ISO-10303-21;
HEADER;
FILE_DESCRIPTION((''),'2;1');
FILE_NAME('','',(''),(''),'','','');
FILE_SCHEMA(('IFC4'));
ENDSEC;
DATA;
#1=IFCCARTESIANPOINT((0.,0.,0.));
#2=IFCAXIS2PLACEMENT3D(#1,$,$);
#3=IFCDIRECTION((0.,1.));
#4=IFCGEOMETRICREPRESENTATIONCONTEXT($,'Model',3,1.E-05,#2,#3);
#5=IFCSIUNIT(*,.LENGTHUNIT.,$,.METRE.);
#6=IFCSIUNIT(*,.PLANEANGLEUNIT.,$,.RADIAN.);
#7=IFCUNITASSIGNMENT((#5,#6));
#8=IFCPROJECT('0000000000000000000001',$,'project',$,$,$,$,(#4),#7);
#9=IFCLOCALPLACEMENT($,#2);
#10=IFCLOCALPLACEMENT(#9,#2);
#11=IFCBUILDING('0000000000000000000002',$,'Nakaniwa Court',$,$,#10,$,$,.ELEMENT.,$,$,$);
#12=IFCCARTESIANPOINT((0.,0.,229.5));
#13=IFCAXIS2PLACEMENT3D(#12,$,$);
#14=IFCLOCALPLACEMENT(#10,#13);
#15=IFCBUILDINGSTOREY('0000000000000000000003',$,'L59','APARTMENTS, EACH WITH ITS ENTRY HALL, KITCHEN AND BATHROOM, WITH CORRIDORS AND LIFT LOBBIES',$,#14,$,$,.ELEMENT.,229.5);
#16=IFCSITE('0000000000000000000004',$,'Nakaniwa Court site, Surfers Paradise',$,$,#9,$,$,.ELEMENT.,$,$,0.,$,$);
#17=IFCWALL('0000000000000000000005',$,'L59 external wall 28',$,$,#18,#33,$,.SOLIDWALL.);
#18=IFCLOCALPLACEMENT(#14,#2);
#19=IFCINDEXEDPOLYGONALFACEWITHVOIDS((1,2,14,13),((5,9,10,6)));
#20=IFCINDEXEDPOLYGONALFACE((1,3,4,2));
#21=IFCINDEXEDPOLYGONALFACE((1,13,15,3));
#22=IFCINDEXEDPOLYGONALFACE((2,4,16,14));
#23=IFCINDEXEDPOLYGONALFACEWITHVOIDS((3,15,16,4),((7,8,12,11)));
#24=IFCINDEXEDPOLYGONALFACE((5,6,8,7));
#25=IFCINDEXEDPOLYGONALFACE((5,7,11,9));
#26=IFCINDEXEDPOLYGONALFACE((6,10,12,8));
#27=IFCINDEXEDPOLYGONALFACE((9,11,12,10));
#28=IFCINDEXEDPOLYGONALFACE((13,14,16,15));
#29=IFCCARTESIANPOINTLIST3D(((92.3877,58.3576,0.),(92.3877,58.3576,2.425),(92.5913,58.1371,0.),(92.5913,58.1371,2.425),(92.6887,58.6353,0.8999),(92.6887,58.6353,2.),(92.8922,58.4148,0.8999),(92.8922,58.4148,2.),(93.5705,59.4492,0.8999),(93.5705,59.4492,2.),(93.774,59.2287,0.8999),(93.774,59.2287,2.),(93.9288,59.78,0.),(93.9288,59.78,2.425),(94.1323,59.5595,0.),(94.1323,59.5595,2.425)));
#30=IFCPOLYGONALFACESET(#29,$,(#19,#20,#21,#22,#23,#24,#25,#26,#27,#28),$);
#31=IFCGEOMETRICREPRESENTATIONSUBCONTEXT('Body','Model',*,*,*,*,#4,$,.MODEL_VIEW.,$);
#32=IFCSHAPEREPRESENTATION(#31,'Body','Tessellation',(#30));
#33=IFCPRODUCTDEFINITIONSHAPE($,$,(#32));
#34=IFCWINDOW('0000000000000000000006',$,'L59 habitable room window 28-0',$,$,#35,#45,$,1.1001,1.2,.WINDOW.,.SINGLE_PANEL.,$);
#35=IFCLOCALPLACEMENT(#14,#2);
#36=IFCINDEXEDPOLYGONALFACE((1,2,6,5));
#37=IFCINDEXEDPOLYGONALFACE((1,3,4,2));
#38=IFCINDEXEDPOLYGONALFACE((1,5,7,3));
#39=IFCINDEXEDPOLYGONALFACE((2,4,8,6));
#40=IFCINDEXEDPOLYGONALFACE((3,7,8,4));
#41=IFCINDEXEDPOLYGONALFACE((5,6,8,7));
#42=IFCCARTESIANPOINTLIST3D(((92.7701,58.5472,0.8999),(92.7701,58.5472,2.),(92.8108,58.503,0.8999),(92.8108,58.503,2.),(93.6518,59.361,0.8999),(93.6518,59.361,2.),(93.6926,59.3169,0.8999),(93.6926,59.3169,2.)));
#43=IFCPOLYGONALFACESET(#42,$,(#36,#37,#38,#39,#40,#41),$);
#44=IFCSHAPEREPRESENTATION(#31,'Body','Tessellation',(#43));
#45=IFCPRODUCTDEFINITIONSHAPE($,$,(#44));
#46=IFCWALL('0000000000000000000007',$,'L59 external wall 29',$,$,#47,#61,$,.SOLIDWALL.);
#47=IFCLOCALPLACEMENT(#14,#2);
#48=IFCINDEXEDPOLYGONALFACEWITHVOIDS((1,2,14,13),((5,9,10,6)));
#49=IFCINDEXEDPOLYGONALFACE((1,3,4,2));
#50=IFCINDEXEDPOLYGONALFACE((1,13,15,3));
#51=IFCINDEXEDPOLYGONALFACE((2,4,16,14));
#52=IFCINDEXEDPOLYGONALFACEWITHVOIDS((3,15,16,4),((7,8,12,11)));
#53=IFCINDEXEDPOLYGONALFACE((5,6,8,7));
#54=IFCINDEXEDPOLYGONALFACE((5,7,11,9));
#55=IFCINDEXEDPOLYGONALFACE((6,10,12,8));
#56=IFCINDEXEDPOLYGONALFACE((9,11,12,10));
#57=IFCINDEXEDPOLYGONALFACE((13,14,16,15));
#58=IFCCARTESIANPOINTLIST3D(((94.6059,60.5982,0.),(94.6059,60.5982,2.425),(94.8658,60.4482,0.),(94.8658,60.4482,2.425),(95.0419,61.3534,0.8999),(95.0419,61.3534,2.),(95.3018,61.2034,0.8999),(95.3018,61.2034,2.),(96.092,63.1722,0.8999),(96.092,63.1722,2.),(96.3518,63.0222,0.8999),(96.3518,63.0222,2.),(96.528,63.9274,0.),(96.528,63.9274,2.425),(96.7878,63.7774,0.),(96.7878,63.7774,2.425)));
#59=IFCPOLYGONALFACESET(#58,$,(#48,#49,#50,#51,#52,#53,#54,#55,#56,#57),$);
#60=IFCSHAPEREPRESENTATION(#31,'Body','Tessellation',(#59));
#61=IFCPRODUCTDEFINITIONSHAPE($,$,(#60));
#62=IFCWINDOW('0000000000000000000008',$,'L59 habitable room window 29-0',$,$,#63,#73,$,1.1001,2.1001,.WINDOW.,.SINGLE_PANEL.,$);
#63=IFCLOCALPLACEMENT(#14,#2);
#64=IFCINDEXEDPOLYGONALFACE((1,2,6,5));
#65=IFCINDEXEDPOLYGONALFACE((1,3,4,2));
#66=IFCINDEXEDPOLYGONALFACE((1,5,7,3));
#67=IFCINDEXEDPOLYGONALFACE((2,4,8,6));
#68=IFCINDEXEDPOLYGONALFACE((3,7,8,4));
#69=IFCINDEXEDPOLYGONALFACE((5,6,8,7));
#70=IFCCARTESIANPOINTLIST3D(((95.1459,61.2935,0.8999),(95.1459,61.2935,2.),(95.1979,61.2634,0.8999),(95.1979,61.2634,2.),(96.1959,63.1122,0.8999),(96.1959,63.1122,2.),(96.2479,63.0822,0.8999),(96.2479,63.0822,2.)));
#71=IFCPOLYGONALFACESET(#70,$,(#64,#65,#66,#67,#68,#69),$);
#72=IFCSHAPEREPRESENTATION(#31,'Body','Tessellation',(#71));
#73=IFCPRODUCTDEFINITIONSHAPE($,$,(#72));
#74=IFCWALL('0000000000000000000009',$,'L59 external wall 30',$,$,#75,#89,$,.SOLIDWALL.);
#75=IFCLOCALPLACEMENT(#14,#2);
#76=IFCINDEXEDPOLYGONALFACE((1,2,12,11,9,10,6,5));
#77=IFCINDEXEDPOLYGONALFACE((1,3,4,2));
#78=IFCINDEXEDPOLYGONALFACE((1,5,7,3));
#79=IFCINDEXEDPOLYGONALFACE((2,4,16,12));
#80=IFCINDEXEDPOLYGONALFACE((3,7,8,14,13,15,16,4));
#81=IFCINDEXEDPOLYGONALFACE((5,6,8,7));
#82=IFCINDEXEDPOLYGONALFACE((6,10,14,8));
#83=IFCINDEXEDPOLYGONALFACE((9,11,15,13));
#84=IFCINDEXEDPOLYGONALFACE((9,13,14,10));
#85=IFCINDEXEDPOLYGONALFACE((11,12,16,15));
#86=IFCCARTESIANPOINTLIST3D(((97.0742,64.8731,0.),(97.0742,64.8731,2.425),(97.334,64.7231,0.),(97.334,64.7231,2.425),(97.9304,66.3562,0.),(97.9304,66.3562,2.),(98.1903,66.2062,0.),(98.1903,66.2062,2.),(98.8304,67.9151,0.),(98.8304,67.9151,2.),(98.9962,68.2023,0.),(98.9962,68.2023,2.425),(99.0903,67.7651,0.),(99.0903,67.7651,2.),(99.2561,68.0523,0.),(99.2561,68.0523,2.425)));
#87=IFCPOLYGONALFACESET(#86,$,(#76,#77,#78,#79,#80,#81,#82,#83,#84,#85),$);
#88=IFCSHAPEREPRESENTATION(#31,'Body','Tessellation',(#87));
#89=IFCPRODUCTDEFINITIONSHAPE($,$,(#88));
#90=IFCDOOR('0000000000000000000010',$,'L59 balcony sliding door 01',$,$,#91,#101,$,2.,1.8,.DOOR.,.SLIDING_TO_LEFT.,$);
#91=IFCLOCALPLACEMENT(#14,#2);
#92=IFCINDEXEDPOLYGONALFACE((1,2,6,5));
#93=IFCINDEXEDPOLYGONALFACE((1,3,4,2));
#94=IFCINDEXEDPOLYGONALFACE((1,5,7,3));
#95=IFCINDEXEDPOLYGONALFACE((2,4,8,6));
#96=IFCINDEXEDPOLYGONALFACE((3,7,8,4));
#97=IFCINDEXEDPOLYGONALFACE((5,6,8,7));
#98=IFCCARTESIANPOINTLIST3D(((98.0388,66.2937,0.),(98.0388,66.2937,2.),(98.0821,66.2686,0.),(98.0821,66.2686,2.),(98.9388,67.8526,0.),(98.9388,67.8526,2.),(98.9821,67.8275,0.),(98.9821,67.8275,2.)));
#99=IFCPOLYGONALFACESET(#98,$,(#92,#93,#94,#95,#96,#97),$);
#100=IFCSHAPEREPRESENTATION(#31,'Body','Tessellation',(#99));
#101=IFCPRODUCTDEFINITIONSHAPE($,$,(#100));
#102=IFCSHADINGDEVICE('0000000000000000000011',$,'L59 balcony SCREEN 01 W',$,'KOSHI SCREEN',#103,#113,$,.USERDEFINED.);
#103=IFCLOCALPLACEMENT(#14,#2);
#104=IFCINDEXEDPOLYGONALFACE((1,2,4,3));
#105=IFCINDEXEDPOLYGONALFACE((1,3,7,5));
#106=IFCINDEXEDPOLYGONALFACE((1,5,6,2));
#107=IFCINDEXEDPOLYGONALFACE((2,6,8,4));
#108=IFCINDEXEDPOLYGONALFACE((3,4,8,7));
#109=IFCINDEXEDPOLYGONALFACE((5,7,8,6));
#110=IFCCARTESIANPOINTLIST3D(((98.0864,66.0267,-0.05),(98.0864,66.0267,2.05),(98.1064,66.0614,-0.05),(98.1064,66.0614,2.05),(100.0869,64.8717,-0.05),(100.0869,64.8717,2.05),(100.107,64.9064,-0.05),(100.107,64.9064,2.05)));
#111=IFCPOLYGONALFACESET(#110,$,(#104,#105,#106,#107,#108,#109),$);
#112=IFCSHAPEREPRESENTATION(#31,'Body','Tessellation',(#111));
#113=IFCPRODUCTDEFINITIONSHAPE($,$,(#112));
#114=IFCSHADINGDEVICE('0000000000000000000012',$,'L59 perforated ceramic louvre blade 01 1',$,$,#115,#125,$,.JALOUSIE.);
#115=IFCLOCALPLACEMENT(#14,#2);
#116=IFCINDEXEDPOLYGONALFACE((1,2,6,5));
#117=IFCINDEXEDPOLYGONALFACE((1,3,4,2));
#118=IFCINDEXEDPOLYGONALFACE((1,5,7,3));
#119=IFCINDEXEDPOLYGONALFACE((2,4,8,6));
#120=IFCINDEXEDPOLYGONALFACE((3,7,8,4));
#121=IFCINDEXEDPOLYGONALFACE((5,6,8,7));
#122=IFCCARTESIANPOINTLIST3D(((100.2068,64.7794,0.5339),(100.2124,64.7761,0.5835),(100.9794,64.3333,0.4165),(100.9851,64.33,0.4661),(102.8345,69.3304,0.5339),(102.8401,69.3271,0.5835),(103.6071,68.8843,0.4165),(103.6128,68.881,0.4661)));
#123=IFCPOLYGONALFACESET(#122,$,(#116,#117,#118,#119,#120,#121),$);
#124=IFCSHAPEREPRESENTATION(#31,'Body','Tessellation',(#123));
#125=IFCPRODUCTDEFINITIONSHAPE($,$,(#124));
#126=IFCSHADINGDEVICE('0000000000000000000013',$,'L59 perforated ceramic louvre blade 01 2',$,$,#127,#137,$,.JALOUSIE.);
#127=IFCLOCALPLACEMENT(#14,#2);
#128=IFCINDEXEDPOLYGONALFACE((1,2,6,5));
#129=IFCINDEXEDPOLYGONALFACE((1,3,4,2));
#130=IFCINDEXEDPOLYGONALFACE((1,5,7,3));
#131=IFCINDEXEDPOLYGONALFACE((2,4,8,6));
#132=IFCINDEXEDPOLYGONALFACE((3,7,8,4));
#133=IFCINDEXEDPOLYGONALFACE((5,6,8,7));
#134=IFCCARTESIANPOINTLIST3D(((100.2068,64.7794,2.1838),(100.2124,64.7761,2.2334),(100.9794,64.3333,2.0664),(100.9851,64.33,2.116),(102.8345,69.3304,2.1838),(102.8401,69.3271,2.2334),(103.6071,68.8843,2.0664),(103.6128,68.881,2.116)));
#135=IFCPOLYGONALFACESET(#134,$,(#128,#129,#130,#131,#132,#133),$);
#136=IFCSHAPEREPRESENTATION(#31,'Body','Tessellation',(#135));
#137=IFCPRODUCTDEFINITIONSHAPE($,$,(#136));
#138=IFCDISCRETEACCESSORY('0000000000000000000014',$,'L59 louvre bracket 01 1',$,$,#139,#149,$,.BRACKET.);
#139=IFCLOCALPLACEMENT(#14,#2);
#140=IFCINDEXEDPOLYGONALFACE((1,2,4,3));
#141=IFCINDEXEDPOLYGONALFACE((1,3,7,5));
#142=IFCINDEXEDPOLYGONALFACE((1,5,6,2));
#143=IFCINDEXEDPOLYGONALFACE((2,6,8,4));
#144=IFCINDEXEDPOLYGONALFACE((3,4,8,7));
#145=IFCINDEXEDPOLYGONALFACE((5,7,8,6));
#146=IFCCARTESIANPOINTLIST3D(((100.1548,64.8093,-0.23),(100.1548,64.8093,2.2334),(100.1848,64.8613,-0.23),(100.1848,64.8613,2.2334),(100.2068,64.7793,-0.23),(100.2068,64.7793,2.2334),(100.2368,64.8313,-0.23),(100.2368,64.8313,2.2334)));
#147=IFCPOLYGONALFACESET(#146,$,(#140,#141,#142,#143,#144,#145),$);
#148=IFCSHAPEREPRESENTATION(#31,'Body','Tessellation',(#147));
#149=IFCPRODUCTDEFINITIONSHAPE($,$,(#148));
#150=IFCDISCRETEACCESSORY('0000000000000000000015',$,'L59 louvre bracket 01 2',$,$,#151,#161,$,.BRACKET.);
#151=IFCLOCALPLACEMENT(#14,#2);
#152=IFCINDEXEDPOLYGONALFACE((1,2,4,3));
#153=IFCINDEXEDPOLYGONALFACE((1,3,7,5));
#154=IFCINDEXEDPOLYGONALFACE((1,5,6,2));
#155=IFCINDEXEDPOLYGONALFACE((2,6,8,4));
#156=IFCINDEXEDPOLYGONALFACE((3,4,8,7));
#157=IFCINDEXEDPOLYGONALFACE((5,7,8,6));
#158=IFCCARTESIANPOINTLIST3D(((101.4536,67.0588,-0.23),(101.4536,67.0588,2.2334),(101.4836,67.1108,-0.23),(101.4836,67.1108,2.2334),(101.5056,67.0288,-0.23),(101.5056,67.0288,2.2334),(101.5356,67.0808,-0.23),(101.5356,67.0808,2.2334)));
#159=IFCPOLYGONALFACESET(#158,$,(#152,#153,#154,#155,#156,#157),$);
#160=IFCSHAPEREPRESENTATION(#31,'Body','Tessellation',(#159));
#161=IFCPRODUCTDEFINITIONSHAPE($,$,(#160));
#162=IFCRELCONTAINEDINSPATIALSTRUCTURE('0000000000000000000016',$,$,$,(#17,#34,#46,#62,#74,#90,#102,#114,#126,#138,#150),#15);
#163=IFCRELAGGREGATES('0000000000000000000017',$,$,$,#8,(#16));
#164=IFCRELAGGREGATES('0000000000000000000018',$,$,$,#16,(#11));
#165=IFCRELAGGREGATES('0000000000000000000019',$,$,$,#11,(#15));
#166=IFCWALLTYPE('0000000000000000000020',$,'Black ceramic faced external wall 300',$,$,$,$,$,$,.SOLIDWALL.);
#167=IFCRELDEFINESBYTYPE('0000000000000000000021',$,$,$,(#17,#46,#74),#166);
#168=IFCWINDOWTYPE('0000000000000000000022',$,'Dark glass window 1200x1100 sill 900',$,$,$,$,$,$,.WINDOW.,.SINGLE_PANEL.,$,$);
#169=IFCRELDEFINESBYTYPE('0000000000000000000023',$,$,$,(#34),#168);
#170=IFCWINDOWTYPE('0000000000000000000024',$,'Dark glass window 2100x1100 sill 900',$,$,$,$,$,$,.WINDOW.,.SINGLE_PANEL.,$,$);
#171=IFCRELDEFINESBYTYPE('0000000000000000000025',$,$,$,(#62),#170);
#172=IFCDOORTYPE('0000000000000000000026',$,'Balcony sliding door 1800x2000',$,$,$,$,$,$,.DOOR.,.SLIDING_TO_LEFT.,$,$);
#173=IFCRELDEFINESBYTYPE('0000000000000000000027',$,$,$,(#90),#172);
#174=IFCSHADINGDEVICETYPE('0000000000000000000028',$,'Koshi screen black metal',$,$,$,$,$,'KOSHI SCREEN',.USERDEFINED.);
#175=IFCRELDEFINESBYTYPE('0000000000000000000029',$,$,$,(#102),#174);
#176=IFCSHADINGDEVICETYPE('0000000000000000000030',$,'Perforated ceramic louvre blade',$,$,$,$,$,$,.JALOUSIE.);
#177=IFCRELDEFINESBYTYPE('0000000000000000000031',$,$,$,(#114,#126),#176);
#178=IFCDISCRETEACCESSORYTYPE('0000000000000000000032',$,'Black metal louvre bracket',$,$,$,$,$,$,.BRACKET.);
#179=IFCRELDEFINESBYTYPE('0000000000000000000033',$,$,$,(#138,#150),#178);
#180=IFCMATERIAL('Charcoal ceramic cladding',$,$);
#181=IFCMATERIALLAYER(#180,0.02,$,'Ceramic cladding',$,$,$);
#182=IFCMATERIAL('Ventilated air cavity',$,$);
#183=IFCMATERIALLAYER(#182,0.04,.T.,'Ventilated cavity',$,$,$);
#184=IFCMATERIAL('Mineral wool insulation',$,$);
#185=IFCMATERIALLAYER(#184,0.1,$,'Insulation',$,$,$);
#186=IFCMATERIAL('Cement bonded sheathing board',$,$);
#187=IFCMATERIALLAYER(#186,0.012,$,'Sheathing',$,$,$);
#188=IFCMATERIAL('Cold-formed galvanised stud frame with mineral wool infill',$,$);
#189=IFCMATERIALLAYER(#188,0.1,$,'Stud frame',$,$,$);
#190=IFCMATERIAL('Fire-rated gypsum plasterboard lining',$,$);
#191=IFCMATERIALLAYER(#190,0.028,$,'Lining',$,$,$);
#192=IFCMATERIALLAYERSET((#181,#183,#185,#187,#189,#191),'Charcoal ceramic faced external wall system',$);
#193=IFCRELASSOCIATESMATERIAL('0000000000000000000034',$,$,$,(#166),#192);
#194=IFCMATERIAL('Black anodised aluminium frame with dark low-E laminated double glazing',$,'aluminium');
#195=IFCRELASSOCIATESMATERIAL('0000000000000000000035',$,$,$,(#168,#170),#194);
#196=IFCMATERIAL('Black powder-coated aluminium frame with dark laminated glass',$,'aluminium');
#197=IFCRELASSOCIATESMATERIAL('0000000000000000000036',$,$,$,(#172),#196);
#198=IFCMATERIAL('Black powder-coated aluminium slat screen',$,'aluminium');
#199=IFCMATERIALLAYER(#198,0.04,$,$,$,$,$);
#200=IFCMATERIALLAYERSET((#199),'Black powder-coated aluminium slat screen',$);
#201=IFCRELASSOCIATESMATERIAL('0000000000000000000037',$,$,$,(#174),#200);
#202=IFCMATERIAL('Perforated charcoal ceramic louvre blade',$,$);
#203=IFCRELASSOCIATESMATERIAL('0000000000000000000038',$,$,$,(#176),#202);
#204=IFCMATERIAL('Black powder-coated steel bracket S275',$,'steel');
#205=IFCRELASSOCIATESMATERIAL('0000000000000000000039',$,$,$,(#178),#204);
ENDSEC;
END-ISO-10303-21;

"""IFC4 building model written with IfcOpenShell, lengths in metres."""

from ifc_helpers import new_model, si_unit, direction, frame, frame_2d, origin, origin_2d, place, context, subcontext, project, spatial, rectangle, extrude, material, layer, layer_set, material_profile, profile_set, type_object, element, fill, save


model = new_model("IFC4")

# Units and contexts
model_context = context("Model", 3, precision=1e-05, world=origin(), true_north=direction((0.0, 1.0)))
body_context = subcontext(model_context, "Body", "Model", "MODEL_VIEW")
ifc_project = project(units=[si_unit("LENGTHUNIT", "METRE"), si_unit("PLANEANGLEUNIT", "RADIAN")], contexts=[model_context])

# Site, building, storey
site_placement = place(None, origin())
site = spatial("IfcSite", under=ifc_project, at=site_placement, Name="Nakaniwa Court site, Surfers Paradise", CompositionType="ELEMENT", RefElevation=0.0)
building_placement = place(site_placement, origin())
building = spatial("IfcBuilding", under=site, at=building_placement, Name="Nakaniwa Court", CompositionType="ELEMENT")
storey_placement = place(building_placement, frame((0.0, 0.0, 229.5)))
storey = spatial("IfcBuildingStorey", under=building, at=storey_placement, Name="L59", Description="APARTMENTS, EACH WITH ITS ENTRY HALL, KITCHEN AND BATHROOM, WITH CORRIDORS AND LIFT LOBBIES", CompositionType="ELEMENT", Elevation=229.5)

# Walls, openings, windows
ifc_material_1 = material(Name="Charcoal ceramic cladding")
ifc_layer_1 = layer(ifc_material_1, 0.02, Name="Ceramic cladding")
ifc_material_2 = material(Name="Ventilated air cavity")
ifc_layer_2 = layer(ifc_material_2, 0.04, ventilated=True, Name="Ventilated cavity")
ifc_material_3 = material(Name="Mineral wool insulation")
ifc_layer_3 = layer(ifc_material_3, 0.1, Name="Insulation")
ifc_material_4 = material(Name="Cement bonded sheathing board")
ifc_layer_4 = layer(ifc_material_4, 0.012, Name="Sheathing")
ifc_material_5 = material(Name="Cold-formed galvanised stud frame with mineral wool infill")
ifc_layer_5 = layer(ifc_material_5, 0.1, Name="Stud frame")
ifc_material_6 = material(Name="Fire-rated gypsum plasterboard lining")
ifc_layer_6 = layer(ifc_material_6, 0.028, Name="Lining")
ifc_layer_set_1 = layer_set([ifc_layer_1, ifc_layer_2, ifc_layer_3, ifc_layer_4, ifc_layer_5, ifc_layer_6], Name="Charcoal ceramic faced external wall system")
wall_type_1 = type_object("IfcWallType", Name="Black ceramic faced external wall 300", PredefinedType="SOLIDWALL", material=ifc_layer_set_1)
ifc_material_7 = material(Name="Black anodised aluminium frame with dark low-E laminated double glazing", Category="aluminium")
window_type_1 = type_object("IfcWindowType", Name="Dark glass window 1200x1100 sill 900", PartitioningType="SINGLE_PANEL", PredefinedType="WINDOW", material=ifc_material_7)
wall_1_placement = place(storey_placement, frame((92.4895, 58.2473, 0.0), z_axis=(0.0, 0.0, 1.0), x_axis=(0.73483, 0.678251, 0.0)))
wall_1 = element("IfcWall", 1, at=wall_1_placement, inside=storey, type_object=wall_type_1, Name="L59 external wall 28", PredefinedType="SOLIDWALL", context=body_context, shape_type="SweptSolid", body=[
    extrude(rectangle(XDim=2.0972, YDim=0.3, at=frame_2d((1.0486, 0.0))), origin(), (0.0, 0.0, 1.0), 2.425),
])
opening_1_placement = place(wall_1_placement, frame((0.4094, 0.0, 0.8999)))
opening_1 = element("IfcOpeningElement", 2, at=opening_1_placement, cuts=wall_1, PredefinedType="OPENING", context=body_context, shape_type="SweptSolid", body=[
    extrude(rectangle(XDim=1.2, YDim=1.1001, at=frame_2d((0.6001, 0.55))), frame((0.0, 0.1599, 0.0), z_axis=(0.0, -1.0, 0.0), x_axis=(1.0, 0.0, 0.0)), (0.0, 0.0, 1.0), 0.3201),
])
window_1_placement = place(opening_1_placement, origin())
window_1 = element("IfcWindow", 3, at=window_1_placement, inside=storey, type_object=window_type_1, Name="L59 habitable room window 28-0", OverallHeight=1.1001, OverallWidth=1.2, PartitioningType="SINGLE_PANEL", PredefinedType="WINDOW", context=body_context, shape_type="SweptSolid", body=[
    extrude(rectangle(XDim=1.2, YDim=1.1001, at=frame_2d((0.6001, 0.55))), frame((0.0, 0.03, 0.0), z_axis=(0.0, -1.0, 0.0), x_axis=(1.0, 0.0, 0.0)), (0.0, 0.0, 1.0), 0.0601),
])
fill(opening_1, window_1)
wall_2_placement = place(storey_placement, frame((94.7358, 60.5232, 0.0), z_axis=(0.0, 0.0, 1.0), x_axis=(0.499984, 0.866034, 0.0)))
wall_2 = element("IfcWall", 4, at=wall_2_placement, inside=storey, type_object=wall_type_1, Name="L59 external wall 29", PredefinedType="SOLIDWALL", context=body_context, shape_type="SweptSolid", body=[
    extrude(rectangle(XDim=3.8442, YDim=0.3, at=frame_2d((1.9221, 0.0))), origin(), (0.0, 0.0, 1.0), 2.425),
])
opening_2_placement = place(wall_2_placement, frame((0.8721, 0.0, 0.8999)))
opening_2 = element("IfcOpeningElement", 5, at=opening_2_placement, cuts=wall_2, PredefinedType="OPENING", context=body_context, shape_type="SweptSolid", body=[
    extrude(rectangle(XDim=2.1001, YDim=1.1001, at=frame_2d((1.05, 0.55))), frame((0.0, 0.1599, 0.0), z_axis=(0.0, -1.0, 0.0), x_axis=(1.0, 0.0, 0.0)), (0.0, 0.0, 1.0), 0.3201),
])
window_type_2 = type_object("IfcWindowType", Name="Dark glass window 2100x1100 sill 900", PartitioningType="SINGLE_PANEL", PredefinedType="WINDOW", material=ifc_material_7)
window_2_placement = place(opening_2_placement, origin())
window_2 = element("IfcWindow", 6, at=window_2_placement, inside=storey, type_object=window_type_2, Name="L59 habitable room window 29-0", OverallHeight=1.1001, OverallWidth=2.1001, PartitioningType="SINGLE_PANEL", PredefinedType="WINDOW", context=body_context, shape_type="SweptSolid", body=[
    extrude(rectangle(XDim=2.1001, YDim=1.1001, at=frame_2d((1.05, 0.55))), frame((0.0, 0.03, 0.0), z_axis=(0.0, -1.0, 0.0), x_axis=(1.0, 0.0, 0.0)), (0.0, 0.0, 1.0), 0.0601),
])
fill(opening_2, window_2)

# Wall, opening, door
wall_3_placement = place(storey_placement, frame((97.2041, 64.7981, 0.0), z_axis=(0.0, 0.0, 1.0), x_axis=(0.499984, 0.866034, 0.0)))
wall_3 = element("IfcWall", 7, at=wall_3_placement, inside=storey, type_object=wall_type_1, Name="L59 external wall 30", PredefinedType="SOLIDWALL", context=body_context, shape_type="SweptSolid", body=[
    extrude(rectangle(XDim=3.8442, YDim=0.3, at=frame_2d((1.9221, 0.0))), origin(), (0.0, 0.0, 1.0), 2.425),
])
opening_3_placement = place(wall_3_placement, frame((1.7126, 0.0, 0.0)))
opening_3 = element("IfcOpeningElement", 8, at=opening_3_placement, cuts=wall_3, PredefinedType="OPENING", context=body_context, shape_type="SweptSolid", body=[
    extrude(rectangle(XDim=1.8, YDim=2.0, at=frame_2d((0.8999, 1.0))), frame((0.0, 0.1599, 0.0), z_axis=(0.0, -1.0, 0.0), x_axis=(1.0, 0.0, 0.0)), (0.0, 0.0, 1.0), 0.3201),
])
ifc_material_8 = material(Name="Black powder-coated aluminium frame with dark laminated glass", Category="aluminium")
door_type = type_object("IfcDoorType", Name="Balcony sliding door 1800x2000", OperationType="SLIDING_TO_LEFT", PredefinedType="DOOR", material=ifc_material_8)
door_placement = place(opening_3_placement, origin())
door = element("IfcDoor", 9, at=door_placement, inside=storey, type_object=door_type, Name="L59 balcony sliding door 01", OperationType="SLIDING_TO_LEFT", OverallHeight=2.0, OverallWidth=1.8, PredefinedType="DOOR", context=body_context, shape_type="SweptSolid", body=[
    extrude(rectangle(XDim=1.8, YDim=2.0, at=frame_2d((0.8999, 1.0))), frame((0.0, 0.0249, 0.0), z_axis=(0.0, -1.0, 0.0), x_axis=(1.0, 0.0, 0.0)), (0.0, 0.0, 1.0), 0.05),
])
fill(opening_3, door)

# Shading devices
ifc_material_9 = material(Name="Black powder-coated aluminium slat screen", Category="aluminium")
ifc_layer_7 = layer(ifc_material_9, 0.04)
ifc_layer_set_2 = layer_set([ifc_layer_7], Name="Black powder-coated aluminium slat screen")
shading_device_type_1 = type_object("IfcShadingDeviceType", Name="Koshi screen black metal", ElementType="KOSHI SCREEN", PredefinedType="USERDEFINED", material=ifc_layer_set_2)
shading_device_placement = place(storey_placement, frame((99.0967, 65.4666, -0.05), z_axis=(0.0, 0.0, 1.0), x_axis=(0.500017, 0.866016, 0.0)))
element("IfcShadingDevice", 10, at=shading_device_placement, inside=storey, type_object=shading_device_type_1, Name="L59 balcony SCREEN 01 W", ObjectType="KOSHI SCREEN", PredefinedType="USERDEFINED", context=body_context, shape_type="SweptSolid", body=[
    extrude(rectangle(XDim=0.04, YDim=2.3101, at=origin_2d()), origin(), (0.0, 0.0, 1.0), 2.1001),
])
ifc_material_10 = material(Name="Perforated charcoal ceramic louvre blade")
ifc_material_profile_1 = material_profile(ifc_material_10, rectangle(XDim=0.8999, YDim=0.05, at=origin_2d()), Name="Perforated ceramic louvre blade")
ifc_profile_set_1 = profile_set([ifc_material_profile_1], Name="Perforated charcoal ceramic louvre blade")
shading_device_type_2 = type_object("IfcShadingDeviceType", Name="Perforated ceramic louvre blade", PredefinedType="JALOUSIE", material=ifc_profile_set_1)
for number, where, z_axis, x_axis, name in (
    (11, (100.5959, 64.5547, 0.5), (0.500021, 0.866013, 0.0), (-0.858604, 0.495744, 0.130526), "L59 perforated ceramic louvre blade 01 1"),
    (12, (100.5959, 64.5547, 2.1499), (0.500021, 0.866013, 0.0), (-0.858604, 0.495744, 0.130526), "L59 perforated ceramic louvre blade 01 2"),
):
    element("IfcShadingDevice", number, at=place(storey_placement, frame(where, z_axis=z_axis, x_axis=x_axis)), inside=storey, type_object=shading_device_type_2, Name=name, PredefinedType="JALOUSIE", context=body_context, shape_type="SweptSolid", body=[
        extrude(rectangle(XDim=0.8999, YDim=0.05, at=origin_2d()), origin(), (0.0, 0.0, 1.0), 5.2551),
    ])

# Discrete accessories
ifc_material_11 = material(Name="Black powder-coated steel bracket S275", Category="steel")
discrete_accessory_type_1 = type_object("IfcDiscreteAccessoryType", Name="Black metal louvre bracket", PredefinedType="BRACKET", material=ifc_material_11)
for number, where, z_axis, x_axis, name in (
    (13, (100.1958, 64.8203, -0.23), (0.0, 0.0, 1.0), (0.500017, 0.866016, 0.0), "L59 louvre bracket 01 1"),
    (14, (101.4946, 67.0698, -0.23), (0.0, 0.0, 1.0), (0.500017, 0.866016, 0.0), "L59 louvre bracket 01 2"),
):
    element("IfcDiscreteAccessory", number, at=place(storey_placement, frame(where, z_axis=z_axis, x_axis=x_axis)), inside=storey, type_object=discrete_accessory_type_1, Name=name, PredefinedType="BRACKET", context=body_context, shape_type="SweptSolid", body=[
        extrude(rectangle(XDim=0.0601, YDim=0.0601, at=origin_2d()), origin(), (0.0, 0.0, 1.0), 2.4634),
    ])

save(model, "model.ifc")
